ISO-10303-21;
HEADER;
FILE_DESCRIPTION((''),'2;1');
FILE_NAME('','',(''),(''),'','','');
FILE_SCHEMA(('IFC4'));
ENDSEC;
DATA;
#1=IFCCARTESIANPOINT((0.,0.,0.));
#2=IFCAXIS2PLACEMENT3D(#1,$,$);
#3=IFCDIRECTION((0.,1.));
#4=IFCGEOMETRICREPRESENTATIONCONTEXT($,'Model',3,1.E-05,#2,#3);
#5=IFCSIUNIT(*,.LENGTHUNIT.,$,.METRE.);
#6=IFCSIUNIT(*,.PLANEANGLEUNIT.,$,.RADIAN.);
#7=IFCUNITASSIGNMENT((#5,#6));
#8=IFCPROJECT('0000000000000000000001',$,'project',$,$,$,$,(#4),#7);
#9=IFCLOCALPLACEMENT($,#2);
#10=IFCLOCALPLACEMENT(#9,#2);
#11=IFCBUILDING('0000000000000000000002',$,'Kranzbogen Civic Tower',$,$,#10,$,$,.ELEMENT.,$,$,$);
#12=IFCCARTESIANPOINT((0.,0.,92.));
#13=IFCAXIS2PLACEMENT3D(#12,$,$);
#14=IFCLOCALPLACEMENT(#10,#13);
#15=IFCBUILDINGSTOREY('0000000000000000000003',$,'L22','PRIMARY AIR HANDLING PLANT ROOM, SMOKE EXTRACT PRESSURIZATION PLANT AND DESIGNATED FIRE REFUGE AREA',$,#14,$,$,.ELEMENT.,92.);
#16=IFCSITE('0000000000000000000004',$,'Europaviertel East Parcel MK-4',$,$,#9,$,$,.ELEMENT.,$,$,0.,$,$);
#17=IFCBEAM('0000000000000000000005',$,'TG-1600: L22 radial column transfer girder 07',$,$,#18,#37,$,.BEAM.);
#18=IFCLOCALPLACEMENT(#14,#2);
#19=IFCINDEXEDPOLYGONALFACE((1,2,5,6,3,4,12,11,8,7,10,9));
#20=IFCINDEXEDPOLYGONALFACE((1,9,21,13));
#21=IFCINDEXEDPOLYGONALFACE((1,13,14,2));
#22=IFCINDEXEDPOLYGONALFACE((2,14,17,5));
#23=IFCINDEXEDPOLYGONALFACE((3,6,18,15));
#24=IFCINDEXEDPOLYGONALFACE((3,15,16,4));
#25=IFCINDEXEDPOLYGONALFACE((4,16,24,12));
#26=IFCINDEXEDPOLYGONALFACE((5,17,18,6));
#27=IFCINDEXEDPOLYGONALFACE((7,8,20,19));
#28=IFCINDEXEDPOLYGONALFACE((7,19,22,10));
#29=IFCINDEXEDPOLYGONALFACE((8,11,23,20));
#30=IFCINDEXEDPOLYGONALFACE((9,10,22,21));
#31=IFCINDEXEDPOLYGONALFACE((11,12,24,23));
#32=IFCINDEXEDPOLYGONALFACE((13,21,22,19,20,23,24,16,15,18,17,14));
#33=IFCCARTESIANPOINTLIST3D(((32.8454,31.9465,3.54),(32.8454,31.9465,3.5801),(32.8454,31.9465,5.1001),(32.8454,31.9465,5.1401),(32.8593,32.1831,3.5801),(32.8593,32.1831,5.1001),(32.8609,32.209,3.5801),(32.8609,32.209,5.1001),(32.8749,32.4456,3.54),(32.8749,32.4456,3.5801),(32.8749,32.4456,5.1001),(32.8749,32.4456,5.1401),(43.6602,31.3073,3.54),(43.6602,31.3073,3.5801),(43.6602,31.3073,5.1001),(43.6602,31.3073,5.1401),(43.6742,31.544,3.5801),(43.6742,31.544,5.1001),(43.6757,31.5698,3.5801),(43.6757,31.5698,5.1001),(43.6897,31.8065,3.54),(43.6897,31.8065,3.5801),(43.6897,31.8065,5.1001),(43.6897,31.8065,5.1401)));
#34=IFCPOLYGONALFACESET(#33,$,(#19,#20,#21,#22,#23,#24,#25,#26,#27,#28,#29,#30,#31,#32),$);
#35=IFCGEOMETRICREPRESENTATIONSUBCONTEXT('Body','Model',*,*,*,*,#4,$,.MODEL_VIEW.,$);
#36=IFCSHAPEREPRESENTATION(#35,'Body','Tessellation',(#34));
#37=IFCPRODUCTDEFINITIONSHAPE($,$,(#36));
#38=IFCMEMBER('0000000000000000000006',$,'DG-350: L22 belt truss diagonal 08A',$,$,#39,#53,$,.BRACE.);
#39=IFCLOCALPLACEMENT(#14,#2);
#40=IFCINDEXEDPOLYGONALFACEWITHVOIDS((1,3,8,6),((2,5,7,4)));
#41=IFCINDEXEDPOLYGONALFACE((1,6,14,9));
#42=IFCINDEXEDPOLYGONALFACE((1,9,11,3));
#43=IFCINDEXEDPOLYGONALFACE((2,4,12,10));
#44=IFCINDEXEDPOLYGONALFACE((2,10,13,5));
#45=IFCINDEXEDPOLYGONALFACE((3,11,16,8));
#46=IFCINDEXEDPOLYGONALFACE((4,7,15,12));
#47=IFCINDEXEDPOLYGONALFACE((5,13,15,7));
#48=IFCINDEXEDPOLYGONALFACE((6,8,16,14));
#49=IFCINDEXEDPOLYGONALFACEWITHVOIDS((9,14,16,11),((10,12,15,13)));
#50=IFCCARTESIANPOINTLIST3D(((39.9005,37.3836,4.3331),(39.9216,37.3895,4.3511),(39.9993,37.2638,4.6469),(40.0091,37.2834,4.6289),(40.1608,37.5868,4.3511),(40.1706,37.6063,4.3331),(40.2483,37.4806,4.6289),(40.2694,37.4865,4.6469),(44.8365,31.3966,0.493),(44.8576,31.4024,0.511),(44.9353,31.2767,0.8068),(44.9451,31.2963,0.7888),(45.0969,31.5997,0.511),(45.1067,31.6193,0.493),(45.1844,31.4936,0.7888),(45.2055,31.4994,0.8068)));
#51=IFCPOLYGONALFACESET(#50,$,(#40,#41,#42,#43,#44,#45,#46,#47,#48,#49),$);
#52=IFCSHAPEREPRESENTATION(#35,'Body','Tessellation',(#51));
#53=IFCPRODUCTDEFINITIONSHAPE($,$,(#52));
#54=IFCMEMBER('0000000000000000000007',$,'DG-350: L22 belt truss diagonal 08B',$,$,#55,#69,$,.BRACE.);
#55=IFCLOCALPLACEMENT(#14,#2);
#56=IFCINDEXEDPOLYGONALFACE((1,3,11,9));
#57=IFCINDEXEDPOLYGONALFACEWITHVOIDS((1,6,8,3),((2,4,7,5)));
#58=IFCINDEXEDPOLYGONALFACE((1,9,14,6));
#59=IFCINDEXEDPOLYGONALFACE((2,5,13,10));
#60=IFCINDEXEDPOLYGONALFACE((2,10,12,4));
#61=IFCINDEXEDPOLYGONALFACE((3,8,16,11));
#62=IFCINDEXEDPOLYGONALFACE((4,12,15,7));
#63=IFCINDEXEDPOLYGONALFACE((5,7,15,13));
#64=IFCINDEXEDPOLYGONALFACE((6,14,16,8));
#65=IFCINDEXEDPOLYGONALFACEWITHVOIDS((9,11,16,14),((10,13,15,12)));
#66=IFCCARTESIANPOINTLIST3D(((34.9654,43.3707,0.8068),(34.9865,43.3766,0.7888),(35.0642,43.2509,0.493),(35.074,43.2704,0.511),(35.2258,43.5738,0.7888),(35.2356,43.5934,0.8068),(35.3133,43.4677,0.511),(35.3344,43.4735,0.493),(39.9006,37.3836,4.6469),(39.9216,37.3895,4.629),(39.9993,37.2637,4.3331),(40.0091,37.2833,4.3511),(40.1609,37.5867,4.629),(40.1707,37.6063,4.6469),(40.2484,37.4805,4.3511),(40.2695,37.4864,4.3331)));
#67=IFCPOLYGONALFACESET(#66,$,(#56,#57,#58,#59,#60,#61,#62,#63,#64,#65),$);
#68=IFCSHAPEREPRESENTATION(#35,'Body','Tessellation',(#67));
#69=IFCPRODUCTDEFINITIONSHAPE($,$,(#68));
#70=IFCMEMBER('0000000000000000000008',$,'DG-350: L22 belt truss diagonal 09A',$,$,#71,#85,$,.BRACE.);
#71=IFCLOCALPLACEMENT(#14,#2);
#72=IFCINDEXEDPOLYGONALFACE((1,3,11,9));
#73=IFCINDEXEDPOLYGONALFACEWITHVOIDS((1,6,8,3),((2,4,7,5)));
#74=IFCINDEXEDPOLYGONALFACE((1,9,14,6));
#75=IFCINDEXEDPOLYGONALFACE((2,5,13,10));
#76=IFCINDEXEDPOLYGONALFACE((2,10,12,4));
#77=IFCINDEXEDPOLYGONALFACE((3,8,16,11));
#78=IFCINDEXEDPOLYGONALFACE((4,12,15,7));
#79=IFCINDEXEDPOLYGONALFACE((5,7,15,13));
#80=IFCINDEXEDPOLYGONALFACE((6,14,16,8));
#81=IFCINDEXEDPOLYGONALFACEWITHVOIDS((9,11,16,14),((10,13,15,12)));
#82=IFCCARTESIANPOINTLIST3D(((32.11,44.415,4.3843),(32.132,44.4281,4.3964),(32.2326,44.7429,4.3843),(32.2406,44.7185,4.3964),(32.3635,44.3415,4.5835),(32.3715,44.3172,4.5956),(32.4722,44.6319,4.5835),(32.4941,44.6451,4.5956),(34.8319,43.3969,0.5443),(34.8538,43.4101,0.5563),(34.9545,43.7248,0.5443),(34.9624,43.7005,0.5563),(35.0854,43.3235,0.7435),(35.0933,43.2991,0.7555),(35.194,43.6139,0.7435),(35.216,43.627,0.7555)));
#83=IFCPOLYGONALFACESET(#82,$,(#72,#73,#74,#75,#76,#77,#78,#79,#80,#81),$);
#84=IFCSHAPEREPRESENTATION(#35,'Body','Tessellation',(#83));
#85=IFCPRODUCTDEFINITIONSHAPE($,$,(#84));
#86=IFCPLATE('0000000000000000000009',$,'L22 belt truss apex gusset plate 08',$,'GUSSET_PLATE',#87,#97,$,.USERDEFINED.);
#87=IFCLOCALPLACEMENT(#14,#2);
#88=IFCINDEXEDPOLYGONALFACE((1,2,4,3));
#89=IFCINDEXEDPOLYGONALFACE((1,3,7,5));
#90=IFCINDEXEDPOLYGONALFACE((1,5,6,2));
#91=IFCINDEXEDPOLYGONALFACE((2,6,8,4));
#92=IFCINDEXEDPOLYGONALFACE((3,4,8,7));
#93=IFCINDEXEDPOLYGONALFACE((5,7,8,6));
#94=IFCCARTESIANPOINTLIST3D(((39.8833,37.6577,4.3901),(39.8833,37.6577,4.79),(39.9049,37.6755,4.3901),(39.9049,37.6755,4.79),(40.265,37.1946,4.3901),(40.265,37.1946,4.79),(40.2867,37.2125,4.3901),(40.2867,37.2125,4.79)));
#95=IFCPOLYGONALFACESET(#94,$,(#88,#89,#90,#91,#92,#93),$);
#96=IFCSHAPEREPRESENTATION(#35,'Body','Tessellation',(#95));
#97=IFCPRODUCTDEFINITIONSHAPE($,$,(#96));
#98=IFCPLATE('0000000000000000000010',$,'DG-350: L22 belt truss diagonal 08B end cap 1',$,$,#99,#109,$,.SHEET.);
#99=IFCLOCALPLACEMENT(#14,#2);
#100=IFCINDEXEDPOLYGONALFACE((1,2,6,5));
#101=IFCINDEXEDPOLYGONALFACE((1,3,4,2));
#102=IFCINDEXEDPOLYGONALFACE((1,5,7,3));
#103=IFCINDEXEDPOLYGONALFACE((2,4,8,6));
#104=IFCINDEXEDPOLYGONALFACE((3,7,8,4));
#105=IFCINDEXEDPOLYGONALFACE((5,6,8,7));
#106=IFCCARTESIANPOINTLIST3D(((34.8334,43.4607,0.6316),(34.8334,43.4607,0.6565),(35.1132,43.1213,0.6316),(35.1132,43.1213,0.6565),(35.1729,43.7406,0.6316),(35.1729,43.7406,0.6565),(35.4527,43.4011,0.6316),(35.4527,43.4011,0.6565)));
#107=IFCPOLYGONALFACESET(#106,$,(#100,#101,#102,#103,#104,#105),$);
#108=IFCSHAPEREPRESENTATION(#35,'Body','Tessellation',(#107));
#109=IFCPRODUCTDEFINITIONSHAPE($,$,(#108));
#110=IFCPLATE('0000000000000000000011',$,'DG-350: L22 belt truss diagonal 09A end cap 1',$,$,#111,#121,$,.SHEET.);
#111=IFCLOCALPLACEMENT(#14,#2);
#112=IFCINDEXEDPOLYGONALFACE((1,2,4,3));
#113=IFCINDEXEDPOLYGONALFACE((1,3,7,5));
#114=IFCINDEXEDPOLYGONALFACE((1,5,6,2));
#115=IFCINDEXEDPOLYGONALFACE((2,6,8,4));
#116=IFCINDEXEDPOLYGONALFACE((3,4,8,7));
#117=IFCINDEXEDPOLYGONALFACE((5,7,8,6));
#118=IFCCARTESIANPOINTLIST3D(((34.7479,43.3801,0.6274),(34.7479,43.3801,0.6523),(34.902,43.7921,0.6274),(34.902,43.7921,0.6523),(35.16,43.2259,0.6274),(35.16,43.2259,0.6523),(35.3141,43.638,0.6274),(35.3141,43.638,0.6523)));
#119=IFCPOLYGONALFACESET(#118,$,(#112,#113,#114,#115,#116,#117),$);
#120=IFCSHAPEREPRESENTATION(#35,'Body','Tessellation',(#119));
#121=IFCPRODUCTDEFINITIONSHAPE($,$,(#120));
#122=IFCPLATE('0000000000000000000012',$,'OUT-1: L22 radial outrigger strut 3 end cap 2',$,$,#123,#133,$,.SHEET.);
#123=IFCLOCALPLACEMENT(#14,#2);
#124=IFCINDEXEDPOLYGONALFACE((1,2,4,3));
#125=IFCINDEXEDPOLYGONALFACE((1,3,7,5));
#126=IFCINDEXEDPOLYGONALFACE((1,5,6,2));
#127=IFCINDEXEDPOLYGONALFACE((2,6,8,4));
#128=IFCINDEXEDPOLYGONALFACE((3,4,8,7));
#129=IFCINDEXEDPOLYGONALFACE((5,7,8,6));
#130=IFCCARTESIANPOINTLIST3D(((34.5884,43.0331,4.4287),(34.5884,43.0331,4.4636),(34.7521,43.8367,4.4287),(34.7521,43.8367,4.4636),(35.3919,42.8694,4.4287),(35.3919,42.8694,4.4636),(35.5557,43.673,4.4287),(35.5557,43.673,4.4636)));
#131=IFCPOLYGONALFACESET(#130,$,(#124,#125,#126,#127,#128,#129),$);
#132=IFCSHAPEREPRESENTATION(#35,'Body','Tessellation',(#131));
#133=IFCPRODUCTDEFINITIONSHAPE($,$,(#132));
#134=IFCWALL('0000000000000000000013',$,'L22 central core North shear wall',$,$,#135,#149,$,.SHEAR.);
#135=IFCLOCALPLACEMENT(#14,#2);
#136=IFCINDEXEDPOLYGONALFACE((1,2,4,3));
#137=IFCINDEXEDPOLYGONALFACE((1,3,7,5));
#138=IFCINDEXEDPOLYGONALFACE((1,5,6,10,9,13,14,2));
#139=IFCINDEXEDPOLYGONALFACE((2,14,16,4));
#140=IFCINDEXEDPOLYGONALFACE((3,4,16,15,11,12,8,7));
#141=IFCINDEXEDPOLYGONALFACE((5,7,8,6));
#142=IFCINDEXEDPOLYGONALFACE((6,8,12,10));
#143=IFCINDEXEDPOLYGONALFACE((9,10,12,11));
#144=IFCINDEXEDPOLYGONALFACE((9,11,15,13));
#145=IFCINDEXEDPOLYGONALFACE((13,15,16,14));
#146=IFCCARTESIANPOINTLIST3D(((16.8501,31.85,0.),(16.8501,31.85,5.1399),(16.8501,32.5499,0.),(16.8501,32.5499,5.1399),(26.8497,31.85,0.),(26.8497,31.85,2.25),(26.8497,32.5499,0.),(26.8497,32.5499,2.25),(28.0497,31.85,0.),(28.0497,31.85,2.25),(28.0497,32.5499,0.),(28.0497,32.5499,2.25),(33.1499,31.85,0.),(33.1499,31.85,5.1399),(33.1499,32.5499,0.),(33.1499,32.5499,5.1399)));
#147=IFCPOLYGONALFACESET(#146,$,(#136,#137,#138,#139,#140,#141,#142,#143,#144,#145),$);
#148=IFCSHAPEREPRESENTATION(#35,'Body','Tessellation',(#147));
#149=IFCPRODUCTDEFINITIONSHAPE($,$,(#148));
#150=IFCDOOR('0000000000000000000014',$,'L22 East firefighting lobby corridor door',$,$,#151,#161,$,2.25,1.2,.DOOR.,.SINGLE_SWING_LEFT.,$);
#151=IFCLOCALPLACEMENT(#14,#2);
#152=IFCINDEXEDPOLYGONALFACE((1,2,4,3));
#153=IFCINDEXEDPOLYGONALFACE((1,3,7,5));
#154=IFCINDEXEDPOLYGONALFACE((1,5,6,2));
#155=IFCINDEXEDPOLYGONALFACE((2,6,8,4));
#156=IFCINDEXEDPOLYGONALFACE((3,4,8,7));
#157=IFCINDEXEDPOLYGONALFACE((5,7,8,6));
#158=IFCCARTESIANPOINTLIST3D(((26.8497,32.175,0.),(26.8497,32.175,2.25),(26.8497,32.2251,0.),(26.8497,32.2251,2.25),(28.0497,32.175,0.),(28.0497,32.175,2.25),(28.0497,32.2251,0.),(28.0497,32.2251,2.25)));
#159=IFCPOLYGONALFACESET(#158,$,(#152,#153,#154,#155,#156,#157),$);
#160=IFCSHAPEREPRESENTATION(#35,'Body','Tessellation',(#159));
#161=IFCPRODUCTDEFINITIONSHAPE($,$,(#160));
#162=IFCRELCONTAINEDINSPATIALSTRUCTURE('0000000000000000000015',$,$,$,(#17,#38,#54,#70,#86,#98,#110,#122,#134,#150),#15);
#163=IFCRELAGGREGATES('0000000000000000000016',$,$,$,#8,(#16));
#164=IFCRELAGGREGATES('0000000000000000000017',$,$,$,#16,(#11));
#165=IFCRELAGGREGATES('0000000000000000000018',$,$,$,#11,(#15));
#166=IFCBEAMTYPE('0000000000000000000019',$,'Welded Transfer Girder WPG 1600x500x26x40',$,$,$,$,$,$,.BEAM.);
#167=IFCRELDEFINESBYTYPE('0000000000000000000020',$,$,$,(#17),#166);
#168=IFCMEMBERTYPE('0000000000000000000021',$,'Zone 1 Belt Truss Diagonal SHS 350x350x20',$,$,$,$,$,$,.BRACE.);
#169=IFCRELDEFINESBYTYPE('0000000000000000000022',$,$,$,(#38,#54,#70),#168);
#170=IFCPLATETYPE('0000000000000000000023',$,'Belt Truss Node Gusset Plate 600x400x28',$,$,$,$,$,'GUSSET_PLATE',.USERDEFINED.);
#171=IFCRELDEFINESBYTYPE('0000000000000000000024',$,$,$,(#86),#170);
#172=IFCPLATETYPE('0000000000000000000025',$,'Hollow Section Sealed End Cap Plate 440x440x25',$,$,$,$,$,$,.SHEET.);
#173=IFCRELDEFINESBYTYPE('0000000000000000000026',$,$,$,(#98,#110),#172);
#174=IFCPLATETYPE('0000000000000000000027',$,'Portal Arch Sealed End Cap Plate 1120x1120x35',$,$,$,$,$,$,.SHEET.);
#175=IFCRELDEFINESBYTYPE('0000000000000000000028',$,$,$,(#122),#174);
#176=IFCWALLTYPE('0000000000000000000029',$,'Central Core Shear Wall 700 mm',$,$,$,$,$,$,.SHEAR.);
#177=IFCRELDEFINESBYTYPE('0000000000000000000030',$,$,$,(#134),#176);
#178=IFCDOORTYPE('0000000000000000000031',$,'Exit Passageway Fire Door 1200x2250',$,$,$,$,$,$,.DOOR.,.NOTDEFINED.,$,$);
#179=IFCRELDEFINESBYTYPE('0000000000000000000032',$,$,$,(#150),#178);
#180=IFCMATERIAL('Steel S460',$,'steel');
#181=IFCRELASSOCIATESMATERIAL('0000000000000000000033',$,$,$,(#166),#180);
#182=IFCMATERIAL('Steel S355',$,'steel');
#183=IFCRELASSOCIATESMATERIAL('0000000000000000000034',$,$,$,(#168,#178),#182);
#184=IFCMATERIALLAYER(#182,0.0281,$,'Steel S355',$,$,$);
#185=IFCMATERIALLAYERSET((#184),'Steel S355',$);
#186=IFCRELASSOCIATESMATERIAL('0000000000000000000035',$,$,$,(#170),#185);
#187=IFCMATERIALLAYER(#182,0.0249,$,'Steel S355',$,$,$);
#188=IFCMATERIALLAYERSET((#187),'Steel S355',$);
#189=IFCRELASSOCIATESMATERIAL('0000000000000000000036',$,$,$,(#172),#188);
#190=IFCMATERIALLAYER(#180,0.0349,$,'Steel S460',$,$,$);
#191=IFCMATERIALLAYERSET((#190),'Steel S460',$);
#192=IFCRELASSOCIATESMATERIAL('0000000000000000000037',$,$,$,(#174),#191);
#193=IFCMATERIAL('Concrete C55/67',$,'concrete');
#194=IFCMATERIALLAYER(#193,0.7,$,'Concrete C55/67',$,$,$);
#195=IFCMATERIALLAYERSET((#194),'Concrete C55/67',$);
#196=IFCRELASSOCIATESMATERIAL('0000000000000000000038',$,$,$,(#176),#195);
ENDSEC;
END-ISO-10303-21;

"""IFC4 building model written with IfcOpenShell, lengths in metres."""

from ifc_helpers import new_model, si_unit, direction, frame, frame_2d, origin, origin_2d, place, context, subcontext, project, spatial, rectangle, hollow_rectangle, i_section, extrude, material, layer, layer_set, material_profile, profile_set, type_object, element, fill, save


model = new_model("IFC4")

# Units and contexts
model_context = context("Model", 3, precision=1e-05, world=origin(), true_north=direction((0.0, 1.0)))
body_context = subcontext(model_context, "Body", "Model", "MODEL_VIEW")
ifc_project = project(units=[si_unit("LENGTHUNIT", "METRE"), si_unit("PLANEANGLEUNIT", "RADIAN")], contexts=[model_context])

# Site, building, storey
site_placement = place(None, origin())
site = spatial("IfcSite", under=ifc_project, at=site_placement, Name="Europaviertel East Parcel MK-4", CompositionType="ELEMENT", RefElevation=0.0)
building_placement = place(site_placement, origin())
building = spatial("IfcBuilding", under=site, at=building_placement, Name="Kranzbogen Civic Tower", CompositionType="ELEMENT")
storey_placement = place(building_placement, frame((0.0, 0.0, 92.0)))
storey = spatial("IfcBuildingStorey", under=building, at=storey_placement, Name="L22", Description="PRIMARY AIR HANDLING PLANT ROOM, SMOKE EXTRACT PRESSURIZATION PLANT AND DESIGNATED FIRE REFUGE AREA", CompositionType="ELEMENT", Elevation=92.0)

# Shared definitions
ifc_material_1 = material(Name="Steel S355", Category="steel")

# Beam
ifc_material_2 = material(Name="Steel S460", Category="steel")
ifc_material_profile_1 = material_profile(ifc_material_2, i_section(OverallWidth=0.5, OverallDepth=1.6001, WebThickness=0.0259, FlangeThickness=0.04, at=origin_2d()), Name="WPG 1600x500x26x40")
ifc_profile_set_1 = profile_set([ifc_material_profile_1], Name="Steel S460")
beam_type = type_object("IfcBeamType", Name="Welded Transfer Girder WPG 1600x500x26x40", PredefinedType="BEAM", material=ifc_profile_set_1)
beam_1_placement = place(storey_placement, frame((32.8601, 32.196, 4.3401), z_axis=(0.998258, -0.058997, 0.0), x_axis=(0.058997, 0.998258, 0.0)))
element("IfcBeam", 1, at=beam_1_placement, inside=storey, type_object=beam_type, Name="TG-1600: L22 radial column transfer girder 07", PredefinedType="BEAM", context=body_context, shape_type="SweptSolid", body=[
    extrude(i_section(OverallWidth=0.5, OverallDepth=1.6001, WebThickness=0.0259, FlangeThickness=0.04, at=origin_2d()), origin(), (0.0, 0.0, 1.0), 10.8337),
])

# Members
ifc_material_profile_2 = material_profile(ifc_material_1, hollow_rectangle(XDim=0.3501, YDim=0.3501, WallThickness=0.02, at=origin_2d()), Name="SHS 350x350x20")
ifc_profile_set_2 = profile_set([ifc_material_profile_2], Name="Steel S355")
member_type_1 = type_object("IfcMemberType", Name="Zone 1 Belt Truss Diagonal SHS 350x350x20", PredefinedType="BRACE", material=ifc_profile_set_2)
member_1_placement = place(storey_placement, frame((45.021, 31.448, 0.6499), z_axis=(-0.570133, 0.691531, 0.443546), x_axis=(-0.771581, -0.636131, 0.0)))
element("IfcMember", 2, at=member_1_placement, inside=storey, type_object=member_type_1, Name="DG-350: L22 belt truss diagonal 08A", PredefinedType="BRACE", context=body_context, shape_type="SweptSolid", body=[
    extrude(hollow_rectangle(XDim=0.3501, YDim=0.3501, WallThickness=0.02, at=origin_2d()), origin(), (0.0, 0.0, 1.0), 8.6577),
])
member_2_placement = place(storey_placement, frame((35.1499, 43.4221, 0.6499), z_axis=(0.570057, -0.691575, 0.443575), x_axis=(0.771643, 0.636056, 0.0)))
element("IfcMember", 3, at=member_2_placement, inside=storey, type_object=member_type_1, Name="DG-350: L22 belt truss diagonal 08B", PredefinedType="BRACE", context=body_context, shape_type="SweptSolid", body=[
    extrude(hollow_rectangle(XDim=0.3501, YDim=0.3501, WallThickness=0.02, at=origin_2d()), origin(), (0.0, 0.0, 1.0), 8.6572),
])
member_3_placement = place(storey_placement, frame((35.0239, 43.512, 0.6499), z_axis=(-0.565211, 0.211403, 0.797399), x_axis=(-0.350322, -0.936629, 0.0)))
element("IfcMember", 4, at=member_3_placement, inside=storey, type_object=member_type_1, Name="DG-350: L22 belt truss diagonal 09A", PredefinedType="BRACE", context=body_context, shape_type="SweptSolid", body=[
    extrude(hollow_rectangle(XDim=0.3501, YDim=0.3501, WallThickness=0.02, at=origin_2d()), origin(), (0.0, 0.0, 1.0), 4.8157),
])

# Plates
ifc_layer_1 = layer(ifc_material_1, 0.0281, Name="Steel S355")
ifc_layer_set_1 = layer_set([ifc_layer_1], Name="Steel S355")
plate_type_1 = type_object("IfcPlateType", Name="Belt Truss Node Gusset Plate 600x400x28", ElementType="GUSSET_PLATE", PredefinedType="USERDEFINED", material=ifc_layer_set_1)
plate_1_placement = place(storey_placement, frame((40.085, 37.4351, 4.3901), z_axis=(0.0, 0.0, 1.0), x_axis=(-0.636092, 0.771613, 0.0)))
element("IfcPlate", 5, at=plate_1_placement, inside=storey, type_object=plate_type_1, Name="L22 belt truss apex gusset plate 08", ObjectType="GUSSET_PLATE", PredefinedType="USERDEFINED", context=body_context, shape_type="SweptSolid", body=[
    extrude(rectangle(XDim=0.6001, YDim=0.0281, at=origin_2d()), origin(), (0.0, 0.0, 1.0), 0.3999),
])
ifc_layer_2 = layer(ifc_material_1, 0.0249, Name="Steel S355")
ifc_layer_set_2 = layer_set([ifc_layer_2], Name="Steel S355")
plate_type_2 = type_object("IfcPlateType", Name="Hollow Section Sealed End Cap Plate 440x440x25", PredefinedType="SHEET", material=ifc_layer_set_2)
for number, where, z_axis, x_axis, name in (
    (6, (35.1431, 43.4309, 0.6316), (0.0, 0.0, 1.0), (0.636051, -0.771647, 0.0), "DG-350: L22 belt truss diagonal 08B end cap 1"),
    (7, (35.031, 43.509, 0.6274), (0.0, 0.0, 1.0), (-0.936642, 0.350289, 0.0), "DG-350: L22 belt truss diagonal 09A end cap 1"),
):
    element("IfcPlate", number, at=place(storey_placement, frame(where, z_axis=z_axis, x_axis=x_axis)), inside=storey, type_object=plate_type_2, Name=name, PredefinedType="SHEET", context=body_context, shape_type="SweptSolid", body=[
        extrude(rectangle(XDim=0.4399, YDim=0.4399, at=origin_2d()), origin(), (0.0, 0.0, 1.0), 0.0249),
    ])
ifc_layer_3 = layer(ifc_material_2, 0.0349, Name="Steel S460")
ifc_layer_set_3 = layer_set([ifc_layer_3], Name="Steel S460")
plate_type_3 = type_object("IfcPlateType", Name="Portal Arch Sealed End Cap Plate 1120x1120x35", PredefinedType="SHEET", material=ifc_layer_set_3)
plate_2_placement = place(storey_placement, frame((35.072, 43.353, 4.4287), z_axis=(0.0, 0.0, 1.0), x_axis=(0.199624, 0.979872, 0.0)))
element("IfcPlate", 8, at=plate_2_placement, inside=storey, type_object=plate_type_3, Name="OUT-1: L22 radial outrigger strut 3 end cap 2", PredefinedType="SHEET", context=body_context, shape_type="SweptSolid", body=[
    extrude(rectangle(XDim=0.8201, YDim=0.8201, at=origin_2d()), origin(), (0.0, 0.0, 1.0), 0.0349),
])

# Wall, opening, door
ifc_material_3 = material(Name="Concrete C55/67", Category="concrete")
ifc_layer_4 = layer(ifc_material_3, 0.7, Name="Concrete C55/67")
ifc_layer_set_4 = layer_set([ifc_layer_4], Name="Concrete C55/67")
wall_type_1 = type_object("IfcWallType", Name="Central Core Shear Wall 700 mm", PredefinedType="SHEAR", material=ifc_layer_set_4)
wall_1_placement = place(storey_placement, frame((33.1499, 32.2, 0.0), z_axis=(0.0, 0.0, 1.0), x_axis=(-1.0, 0.0, 0.0)))
wall_1 = element("IfcWall", 9, at=wall_1_placement, inside=storey, type_object=wall_type_1, Name="L22 central core North shear wall", PredefinedType="SHEAR", context=body_context, shape_type="SweptSolid", body=[
    extrude(rectangle(XDim=16.2998, YDim=0.7, at=frame_2d((8.1499, 0.0))), origin(), (0.0, 0.0, 1.0), 5.1399),
])
opening_1_placement = place(wall_1_placement, frame((5.1001, 0.0, 0.0)))
opening_1 = element("IfcOpeningElement", 10, at=opening_1_placement, cuts=wall_1, PredefinedType="OPENING", context=body_context, shape_type="SweptSolid", body=[
    extrude(rectangle(XDim=1.2, YDim=2.25, at=frame_2d((0.6001, 1.125))), frame((0.0, 0.3599, 0.0), z_axis=(0.0, -1.0, 0.0), x_axis=(1.0, 0.0, 0.0)), (0.0, 0.0, 1.0), 0.72),
])
door_type_1 = type_object("IfcDoorType", Name="Exit Passageway Fire Door 1200x2250", OperationType="NOTDEFINED", PredefinedType="DOOR", material=ifc_material_1)
door_1_placement = place(opening_1_placement, origin())
door_1 = element("IfcDoor", 11, at=door_1_placement, inside=storey, type_object=door_type_1, Name="L22 East firefighting lobby corridor door", OperationType="SINGLE_SWING_LEFT", OverallHeight=2.25, OverallWidth=1.2, PredefinedType="DOOR", context=body_context, shape_type="SweptSolid", body=[
    extrude(rectangle(XDim=1.2, YDim=2.25, at=frame_2d((0.6001, 1.125))), frame((0.0, 0.0249, 0.0), z_axis=(0.0, -1.0, 0.0), x_axis=(1.0, 0.0, 0.0)), (0.0, 0.0, 1.0), 0.05),
])
fill(opening_1, door_1)

save(model, "model.ifc")
